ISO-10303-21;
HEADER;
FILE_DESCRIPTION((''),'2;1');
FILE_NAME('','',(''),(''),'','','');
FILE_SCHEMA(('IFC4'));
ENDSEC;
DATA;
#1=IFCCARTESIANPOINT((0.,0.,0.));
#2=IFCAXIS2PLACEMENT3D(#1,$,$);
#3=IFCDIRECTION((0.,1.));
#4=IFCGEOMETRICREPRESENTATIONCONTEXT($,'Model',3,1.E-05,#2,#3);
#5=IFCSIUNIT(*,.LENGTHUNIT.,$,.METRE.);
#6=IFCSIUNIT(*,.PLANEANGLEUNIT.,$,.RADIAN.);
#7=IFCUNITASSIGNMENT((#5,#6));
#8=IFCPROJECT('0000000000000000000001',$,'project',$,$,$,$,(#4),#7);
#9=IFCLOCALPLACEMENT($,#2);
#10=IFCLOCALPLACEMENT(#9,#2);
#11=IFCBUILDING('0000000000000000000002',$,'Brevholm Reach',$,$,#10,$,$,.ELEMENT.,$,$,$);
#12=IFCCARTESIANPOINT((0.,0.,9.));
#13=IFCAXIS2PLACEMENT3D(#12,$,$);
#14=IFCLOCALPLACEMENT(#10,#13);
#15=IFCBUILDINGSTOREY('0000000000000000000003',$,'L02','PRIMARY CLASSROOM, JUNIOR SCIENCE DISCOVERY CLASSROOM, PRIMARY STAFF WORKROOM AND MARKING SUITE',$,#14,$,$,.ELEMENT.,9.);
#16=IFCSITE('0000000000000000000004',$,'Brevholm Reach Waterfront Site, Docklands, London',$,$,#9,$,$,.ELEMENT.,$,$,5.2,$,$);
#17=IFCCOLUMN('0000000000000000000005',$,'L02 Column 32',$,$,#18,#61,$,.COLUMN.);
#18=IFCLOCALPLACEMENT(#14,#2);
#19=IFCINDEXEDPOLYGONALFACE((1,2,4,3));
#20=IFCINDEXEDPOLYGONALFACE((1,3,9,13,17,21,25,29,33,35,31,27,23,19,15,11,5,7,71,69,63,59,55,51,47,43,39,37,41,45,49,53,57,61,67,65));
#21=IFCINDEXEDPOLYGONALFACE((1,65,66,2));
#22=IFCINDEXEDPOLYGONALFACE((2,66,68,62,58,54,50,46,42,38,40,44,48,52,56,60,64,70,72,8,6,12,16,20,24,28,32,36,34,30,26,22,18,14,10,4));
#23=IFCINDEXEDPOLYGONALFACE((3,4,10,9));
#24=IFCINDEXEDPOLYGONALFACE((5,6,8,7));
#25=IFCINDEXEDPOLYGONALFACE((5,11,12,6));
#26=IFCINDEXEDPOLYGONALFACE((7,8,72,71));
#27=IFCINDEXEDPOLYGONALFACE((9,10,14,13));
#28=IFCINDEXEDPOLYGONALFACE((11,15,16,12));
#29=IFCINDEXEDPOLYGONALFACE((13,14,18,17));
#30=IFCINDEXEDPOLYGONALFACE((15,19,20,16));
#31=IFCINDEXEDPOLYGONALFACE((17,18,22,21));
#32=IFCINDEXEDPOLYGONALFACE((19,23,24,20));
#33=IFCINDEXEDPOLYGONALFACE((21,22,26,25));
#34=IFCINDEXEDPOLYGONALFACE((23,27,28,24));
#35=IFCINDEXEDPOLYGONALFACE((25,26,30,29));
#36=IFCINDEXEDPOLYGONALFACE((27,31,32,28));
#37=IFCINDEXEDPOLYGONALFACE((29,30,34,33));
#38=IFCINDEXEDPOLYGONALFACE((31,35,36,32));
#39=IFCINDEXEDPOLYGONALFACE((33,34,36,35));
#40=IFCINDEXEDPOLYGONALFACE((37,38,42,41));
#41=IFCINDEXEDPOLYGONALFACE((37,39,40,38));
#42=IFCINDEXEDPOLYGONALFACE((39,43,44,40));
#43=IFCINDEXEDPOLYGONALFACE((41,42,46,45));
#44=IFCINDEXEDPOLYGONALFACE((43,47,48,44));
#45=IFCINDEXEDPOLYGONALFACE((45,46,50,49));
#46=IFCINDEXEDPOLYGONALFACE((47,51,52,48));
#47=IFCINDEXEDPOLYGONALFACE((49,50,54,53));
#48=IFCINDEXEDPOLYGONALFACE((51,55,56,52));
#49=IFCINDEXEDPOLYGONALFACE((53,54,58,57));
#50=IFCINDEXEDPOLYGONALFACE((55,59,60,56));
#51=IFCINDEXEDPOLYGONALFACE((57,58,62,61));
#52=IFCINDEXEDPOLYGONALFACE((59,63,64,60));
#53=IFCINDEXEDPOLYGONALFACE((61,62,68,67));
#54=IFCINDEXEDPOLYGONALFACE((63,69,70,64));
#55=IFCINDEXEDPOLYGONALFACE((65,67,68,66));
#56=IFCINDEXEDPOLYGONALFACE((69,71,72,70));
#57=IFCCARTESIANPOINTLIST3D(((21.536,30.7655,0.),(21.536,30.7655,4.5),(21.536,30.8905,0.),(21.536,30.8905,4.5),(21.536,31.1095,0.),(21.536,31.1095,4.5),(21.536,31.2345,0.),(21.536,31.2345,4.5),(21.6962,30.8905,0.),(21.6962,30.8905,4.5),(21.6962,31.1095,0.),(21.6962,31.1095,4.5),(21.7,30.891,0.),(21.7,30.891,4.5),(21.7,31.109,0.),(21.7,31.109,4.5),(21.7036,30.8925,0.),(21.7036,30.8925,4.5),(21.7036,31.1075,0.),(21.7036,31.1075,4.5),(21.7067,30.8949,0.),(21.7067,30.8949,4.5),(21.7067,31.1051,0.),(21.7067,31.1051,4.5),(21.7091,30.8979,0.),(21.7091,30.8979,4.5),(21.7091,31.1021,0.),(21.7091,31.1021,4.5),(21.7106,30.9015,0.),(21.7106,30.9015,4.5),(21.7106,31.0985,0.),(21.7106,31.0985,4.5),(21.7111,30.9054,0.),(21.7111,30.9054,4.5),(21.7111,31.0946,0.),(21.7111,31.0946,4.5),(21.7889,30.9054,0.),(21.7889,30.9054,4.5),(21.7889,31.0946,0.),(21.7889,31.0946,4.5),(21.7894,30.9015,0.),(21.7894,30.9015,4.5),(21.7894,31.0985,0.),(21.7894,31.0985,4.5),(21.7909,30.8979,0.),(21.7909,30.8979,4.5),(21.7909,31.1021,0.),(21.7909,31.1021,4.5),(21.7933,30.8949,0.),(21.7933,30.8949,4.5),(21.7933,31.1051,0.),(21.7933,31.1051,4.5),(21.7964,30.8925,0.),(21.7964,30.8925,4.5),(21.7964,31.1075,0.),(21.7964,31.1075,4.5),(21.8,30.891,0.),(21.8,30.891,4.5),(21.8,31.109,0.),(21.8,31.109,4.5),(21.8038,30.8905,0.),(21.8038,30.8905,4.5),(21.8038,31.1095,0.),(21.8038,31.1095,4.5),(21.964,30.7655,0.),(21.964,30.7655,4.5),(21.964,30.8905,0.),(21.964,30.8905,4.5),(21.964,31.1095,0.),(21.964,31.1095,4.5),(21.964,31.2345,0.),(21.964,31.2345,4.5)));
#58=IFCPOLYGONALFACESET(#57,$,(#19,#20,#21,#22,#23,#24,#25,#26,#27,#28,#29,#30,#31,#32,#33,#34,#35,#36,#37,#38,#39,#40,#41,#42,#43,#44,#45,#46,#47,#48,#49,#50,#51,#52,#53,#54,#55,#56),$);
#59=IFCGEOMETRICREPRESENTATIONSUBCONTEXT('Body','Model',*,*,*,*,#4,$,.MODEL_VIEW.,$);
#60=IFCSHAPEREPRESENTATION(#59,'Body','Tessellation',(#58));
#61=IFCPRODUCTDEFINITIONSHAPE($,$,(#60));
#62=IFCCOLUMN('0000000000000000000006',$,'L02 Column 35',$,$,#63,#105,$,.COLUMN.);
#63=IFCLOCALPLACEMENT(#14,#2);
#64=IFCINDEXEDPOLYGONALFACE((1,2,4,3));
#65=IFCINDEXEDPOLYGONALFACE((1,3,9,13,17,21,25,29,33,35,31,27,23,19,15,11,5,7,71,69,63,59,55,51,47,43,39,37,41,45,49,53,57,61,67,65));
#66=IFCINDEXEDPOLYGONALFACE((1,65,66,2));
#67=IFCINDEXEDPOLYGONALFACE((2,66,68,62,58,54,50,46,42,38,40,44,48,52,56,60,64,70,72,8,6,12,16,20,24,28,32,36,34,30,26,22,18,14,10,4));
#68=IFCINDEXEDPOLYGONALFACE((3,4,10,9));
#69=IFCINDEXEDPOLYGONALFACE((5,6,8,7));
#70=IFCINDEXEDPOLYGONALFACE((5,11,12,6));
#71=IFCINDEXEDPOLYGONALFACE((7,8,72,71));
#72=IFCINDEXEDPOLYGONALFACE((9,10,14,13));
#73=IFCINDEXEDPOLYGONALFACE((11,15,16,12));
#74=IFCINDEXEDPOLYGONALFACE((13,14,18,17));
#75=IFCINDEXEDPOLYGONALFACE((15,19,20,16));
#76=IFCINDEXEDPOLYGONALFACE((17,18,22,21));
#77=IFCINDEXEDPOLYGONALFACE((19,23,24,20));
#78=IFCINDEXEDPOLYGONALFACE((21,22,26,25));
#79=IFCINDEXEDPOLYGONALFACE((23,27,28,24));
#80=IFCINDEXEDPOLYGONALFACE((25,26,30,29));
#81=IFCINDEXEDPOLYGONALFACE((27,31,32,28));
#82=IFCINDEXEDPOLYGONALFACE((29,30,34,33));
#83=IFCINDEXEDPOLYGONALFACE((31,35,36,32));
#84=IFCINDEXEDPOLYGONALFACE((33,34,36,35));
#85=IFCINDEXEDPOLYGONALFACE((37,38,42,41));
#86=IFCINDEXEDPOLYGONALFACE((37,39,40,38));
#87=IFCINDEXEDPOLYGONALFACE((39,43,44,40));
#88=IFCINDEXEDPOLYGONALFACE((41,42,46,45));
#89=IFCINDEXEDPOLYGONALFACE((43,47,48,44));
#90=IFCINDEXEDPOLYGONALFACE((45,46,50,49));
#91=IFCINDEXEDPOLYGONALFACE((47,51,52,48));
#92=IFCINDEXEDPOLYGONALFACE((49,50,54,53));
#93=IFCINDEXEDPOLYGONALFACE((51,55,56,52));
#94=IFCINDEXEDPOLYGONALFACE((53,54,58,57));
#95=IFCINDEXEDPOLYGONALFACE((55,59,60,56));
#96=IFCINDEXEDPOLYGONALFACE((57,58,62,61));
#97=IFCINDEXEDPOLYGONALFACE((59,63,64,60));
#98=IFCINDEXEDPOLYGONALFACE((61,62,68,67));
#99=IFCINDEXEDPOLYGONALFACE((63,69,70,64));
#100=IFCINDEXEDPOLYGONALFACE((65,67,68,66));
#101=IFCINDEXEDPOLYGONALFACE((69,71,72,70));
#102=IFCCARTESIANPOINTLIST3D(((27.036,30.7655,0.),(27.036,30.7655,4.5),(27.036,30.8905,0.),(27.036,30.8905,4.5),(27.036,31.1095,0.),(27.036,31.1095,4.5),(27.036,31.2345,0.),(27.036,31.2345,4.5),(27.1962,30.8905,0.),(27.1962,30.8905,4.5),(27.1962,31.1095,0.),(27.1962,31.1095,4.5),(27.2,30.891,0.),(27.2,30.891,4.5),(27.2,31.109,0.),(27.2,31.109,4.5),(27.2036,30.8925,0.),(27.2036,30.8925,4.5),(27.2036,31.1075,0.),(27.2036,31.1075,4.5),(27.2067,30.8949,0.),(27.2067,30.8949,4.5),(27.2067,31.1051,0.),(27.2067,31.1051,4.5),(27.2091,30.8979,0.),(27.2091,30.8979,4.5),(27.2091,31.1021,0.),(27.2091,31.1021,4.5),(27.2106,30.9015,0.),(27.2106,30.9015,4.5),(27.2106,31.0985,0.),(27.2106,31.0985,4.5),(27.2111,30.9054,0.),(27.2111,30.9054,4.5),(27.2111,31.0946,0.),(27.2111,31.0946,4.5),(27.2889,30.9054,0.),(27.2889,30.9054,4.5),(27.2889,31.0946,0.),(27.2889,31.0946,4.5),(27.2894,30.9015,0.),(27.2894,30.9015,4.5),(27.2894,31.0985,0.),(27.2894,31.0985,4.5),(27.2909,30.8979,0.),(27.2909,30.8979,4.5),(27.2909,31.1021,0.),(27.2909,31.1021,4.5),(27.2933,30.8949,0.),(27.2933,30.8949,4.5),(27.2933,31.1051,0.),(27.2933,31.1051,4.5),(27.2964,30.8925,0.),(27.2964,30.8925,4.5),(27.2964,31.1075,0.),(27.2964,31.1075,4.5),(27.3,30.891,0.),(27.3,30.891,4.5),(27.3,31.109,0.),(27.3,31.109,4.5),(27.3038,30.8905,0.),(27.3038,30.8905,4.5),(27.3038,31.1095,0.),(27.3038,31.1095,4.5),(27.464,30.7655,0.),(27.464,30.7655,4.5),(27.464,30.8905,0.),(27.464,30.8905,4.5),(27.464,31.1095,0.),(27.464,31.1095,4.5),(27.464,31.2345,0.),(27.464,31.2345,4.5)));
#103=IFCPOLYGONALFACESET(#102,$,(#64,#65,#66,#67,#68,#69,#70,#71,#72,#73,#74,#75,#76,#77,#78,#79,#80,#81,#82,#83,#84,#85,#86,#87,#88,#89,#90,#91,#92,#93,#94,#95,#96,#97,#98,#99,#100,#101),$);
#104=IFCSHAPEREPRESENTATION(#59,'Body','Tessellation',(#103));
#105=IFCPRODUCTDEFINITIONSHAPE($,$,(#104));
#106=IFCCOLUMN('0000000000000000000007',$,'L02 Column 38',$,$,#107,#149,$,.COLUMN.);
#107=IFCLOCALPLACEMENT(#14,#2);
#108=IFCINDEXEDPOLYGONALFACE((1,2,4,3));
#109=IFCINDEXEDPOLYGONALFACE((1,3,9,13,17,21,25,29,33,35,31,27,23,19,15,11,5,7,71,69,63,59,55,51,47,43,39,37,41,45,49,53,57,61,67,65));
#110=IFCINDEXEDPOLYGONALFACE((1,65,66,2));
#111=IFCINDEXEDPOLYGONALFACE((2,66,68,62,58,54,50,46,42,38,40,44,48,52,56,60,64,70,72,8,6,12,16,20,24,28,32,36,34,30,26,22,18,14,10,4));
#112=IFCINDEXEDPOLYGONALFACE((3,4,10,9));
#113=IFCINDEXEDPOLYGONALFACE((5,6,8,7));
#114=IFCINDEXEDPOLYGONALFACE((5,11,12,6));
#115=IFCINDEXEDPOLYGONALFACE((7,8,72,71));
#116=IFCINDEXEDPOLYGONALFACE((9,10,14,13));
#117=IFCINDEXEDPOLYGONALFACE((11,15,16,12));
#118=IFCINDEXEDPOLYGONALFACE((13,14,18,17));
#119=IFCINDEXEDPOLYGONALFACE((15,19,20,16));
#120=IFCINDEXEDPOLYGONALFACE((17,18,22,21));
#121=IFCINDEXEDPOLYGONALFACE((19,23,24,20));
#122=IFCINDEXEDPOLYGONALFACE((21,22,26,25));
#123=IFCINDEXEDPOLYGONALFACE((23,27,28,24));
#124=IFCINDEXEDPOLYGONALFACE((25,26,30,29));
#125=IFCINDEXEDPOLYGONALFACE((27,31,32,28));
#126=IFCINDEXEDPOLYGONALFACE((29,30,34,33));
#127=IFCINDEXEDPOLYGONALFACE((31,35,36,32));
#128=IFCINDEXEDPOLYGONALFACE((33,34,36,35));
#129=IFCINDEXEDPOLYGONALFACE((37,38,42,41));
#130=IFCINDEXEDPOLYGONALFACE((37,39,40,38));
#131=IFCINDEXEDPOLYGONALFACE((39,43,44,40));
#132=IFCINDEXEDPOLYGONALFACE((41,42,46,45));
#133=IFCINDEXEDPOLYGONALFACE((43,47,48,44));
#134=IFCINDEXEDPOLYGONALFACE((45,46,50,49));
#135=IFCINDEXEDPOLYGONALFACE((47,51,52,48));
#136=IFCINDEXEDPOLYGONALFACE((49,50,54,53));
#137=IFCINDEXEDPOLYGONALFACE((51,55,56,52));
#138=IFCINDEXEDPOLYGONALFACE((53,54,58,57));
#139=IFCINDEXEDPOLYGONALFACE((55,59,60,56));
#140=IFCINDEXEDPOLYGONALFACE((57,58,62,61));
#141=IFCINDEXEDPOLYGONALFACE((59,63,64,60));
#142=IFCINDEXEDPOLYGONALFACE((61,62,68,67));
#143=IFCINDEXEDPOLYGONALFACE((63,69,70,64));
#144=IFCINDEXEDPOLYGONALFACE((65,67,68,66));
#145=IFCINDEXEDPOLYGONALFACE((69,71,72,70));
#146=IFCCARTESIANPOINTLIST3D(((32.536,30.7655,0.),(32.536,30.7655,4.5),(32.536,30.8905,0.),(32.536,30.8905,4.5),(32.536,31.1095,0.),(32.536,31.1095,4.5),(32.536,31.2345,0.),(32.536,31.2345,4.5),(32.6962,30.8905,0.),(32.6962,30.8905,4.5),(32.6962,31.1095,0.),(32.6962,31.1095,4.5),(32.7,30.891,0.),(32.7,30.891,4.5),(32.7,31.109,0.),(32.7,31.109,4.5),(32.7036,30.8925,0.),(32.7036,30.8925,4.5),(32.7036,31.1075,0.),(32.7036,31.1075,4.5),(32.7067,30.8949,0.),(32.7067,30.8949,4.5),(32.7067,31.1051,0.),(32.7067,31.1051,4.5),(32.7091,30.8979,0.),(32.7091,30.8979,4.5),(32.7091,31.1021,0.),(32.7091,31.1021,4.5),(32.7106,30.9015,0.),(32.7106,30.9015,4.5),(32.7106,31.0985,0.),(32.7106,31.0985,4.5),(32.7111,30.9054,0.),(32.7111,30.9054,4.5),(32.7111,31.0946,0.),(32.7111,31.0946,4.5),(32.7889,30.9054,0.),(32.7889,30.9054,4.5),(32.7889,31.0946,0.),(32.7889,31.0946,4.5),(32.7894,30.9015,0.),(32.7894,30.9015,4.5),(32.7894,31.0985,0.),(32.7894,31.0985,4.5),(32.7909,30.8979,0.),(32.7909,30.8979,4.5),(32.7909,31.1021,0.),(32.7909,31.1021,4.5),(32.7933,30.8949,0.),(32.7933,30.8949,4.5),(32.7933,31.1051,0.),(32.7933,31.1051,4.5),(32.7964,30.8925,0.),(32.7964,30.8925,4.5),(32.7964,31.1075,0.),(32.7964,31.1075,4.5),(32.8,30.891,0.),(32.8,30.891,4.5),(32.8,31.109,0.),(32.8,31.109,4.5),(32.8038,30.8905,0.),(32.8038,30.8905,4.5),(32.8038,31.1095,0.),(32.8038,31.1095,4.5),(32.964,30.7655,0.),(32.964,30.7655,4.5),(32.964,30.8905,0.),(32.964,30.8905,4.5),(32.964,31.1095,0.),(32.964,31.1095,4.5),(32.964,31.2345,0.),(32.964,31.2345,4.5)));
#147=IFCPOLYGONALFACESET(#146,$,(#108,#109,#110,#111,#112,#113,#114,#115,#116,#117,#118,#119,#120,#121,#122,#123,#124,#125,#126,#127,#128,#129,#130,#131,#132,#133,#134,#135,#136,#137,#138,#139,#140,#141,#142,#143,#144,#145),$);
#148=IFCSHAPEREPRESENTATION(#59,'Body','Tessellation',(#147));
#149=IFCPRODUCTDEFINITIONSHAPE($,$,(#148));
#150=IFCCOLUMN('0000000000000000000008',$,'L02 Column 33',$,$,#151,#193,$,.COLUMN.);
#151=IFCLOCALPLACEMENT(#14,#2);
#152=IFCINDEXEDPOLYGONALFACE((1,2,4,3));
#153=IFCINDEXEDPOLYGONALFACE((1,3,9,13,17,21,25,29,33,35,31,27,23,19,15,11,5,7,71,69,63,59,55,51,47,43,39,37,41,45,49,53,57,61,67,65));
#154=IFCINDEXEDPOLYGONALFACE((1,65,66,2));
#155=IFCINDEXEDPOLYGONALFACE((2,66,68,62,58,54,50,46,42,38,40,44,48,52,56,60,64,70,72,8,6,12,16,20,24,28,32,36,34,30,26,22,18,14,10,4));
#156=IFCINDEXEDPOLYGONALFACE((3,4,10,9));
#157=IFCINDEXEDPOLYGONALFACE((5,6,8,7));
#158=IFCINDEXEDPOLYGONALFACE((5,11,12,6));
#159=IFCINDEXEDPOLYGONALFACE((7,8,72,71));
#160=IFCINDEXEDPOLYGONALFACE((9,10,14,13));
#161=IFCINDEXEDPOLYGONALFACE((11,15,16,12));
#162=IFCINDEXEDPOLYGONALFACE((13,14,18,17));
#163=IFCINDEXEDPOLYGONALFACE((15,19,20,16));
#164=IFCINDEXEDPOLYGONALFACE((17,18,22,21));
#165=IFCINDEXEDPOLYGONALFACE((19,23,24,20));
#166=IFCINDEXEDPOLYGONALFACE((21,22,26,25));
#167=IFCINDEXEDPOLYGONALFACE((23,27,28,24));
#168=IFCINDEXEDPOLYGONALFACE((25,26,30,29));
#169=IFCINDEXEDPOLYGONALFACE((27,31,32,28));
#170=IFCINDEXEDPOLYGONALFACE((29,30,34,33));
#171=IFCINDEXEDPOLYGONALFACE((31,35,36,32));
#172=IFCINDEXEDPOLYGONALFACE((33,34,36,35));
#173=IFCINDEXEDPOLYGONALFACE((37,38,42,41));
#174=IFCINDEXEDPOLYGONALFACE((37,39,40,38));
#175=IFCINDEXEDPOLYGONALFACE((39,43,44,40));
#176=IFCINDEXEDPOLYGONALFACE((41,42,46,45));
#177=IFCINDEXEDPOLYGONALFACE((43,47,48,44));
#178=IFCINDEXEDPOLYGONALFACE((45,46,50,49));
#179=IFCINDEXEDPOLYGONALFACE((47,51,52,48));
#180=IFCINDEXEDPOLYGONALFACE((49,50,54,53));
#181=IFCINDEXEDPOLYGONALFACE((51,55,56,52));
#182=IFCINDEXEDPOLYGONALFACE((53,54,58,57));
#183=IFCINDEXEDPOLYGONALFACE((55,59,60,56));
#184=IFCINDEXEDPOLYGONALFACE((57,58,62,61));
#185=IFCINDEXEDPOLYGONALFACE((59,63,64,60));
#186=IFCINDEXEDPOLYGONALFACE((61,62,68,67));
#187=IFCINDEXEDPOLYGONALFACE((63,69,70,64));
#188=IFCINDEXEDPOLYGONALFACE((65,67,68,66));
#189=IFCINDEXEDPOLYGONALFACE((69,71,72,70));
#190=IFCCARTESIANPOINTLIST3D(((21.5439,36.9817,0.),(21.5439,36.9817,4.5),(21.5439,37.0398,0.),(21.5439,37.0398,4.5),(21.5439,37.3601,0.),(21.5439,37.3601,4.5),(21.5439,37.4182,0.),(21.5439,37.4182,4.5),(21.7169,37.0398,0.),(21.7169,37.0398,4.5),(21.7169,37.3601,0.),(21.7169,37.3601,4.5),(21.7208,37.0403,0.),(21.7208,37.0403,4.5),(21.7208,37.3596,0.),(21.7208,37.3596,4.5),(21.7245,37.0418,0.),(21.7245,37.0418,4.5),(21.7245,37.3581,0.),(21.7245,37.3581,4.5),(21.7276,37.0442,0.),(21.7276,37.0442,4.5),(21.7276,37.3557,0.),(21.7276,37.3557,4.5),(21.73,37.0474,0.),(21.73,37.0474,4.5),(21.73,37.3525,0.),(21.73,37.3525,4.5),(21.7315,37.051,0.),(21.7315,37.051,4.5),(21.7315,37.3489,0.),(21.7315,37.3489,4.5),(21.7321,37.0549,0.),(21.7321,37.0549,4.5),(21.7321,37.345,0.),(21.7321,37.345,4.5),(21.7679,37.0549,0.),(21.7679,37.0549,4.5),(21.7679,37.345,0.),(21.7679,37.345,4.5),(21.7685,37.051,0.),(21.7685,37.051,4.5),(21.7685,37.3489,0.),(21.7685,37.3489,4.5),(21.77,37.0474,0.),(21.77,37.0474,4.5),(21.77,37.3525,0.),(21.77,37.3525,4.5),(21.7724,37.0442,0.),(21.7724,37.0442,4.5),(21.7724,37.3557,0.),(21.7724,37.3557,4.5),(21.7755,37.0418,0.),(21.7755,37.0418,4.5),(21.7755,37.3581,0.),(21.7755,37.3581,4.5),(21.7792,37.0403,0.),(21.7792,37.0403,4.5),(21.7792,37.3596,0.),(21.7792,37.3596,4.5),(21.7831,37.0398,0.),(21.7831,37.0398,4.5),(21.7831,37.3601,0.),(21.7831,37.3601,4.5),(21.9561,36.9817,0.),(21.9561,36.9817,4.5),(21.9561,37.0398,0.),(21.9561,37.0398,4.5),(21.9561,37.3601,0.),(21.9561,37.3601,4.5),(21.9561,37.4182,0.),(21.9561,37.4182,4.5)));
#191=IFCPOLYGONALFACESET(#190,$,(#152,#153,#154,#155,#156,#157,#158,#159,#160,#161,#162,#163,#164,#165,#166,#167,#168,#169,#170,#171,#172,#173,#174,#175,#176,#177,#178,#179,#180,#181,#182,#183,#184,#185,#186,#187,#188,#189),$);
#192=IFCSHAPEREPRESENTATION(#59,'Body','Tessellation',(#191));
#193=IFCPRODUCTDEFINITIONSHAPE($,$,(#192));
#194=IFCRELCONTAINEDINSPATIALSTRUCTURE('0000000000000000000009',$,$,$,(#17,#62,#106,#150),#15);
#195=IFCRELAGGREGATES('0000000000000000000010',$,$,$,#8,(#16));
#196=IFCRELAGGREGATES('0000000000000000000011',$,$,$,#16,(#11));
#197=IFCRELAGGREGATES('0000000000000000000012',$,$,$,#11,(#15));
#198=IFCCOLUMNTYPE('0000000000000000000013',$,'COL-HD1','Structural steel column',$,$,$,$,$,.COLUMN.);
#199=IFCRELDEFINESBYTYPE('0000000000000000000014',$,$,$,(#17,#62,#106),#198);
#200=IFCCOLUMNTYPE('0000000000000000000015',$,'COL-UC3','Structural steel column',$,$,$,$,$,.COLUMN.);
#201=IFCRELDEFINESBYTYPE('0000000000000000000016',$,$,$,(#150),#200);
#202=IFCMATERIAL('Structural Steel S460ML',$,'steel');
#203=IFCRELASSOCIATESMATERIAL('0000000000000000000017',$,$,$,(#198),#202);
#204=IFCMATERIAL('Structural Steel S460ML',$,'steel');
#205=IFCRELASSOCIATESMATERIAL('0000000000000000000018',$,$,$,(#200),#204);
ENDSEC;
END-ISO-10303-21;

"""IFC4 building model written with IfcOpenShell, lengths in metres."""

from ifc_helpers import new_model, si_unit, direction, frame, origin, origin_2d, place, context, subcontext, project, spatial, i_section, extrude, material, material_profile, profile_set, type_object, element, save


model = new_model("IFC4")

# Units and contexts
model_context = context("Model", 3, precision=1e-05, world=origin(), true_north=direction((0.0, 1.0)))
body_context = subcontext(model_context, "Body", "Model", "MODEL_VIEW")
ifc_project = project(units=[si_unit("LENGTHUNIT", "METRE"), si_unit("PLANEANGLEUNIT", "RADIAN")], contexts=[model_context])

# Site, building, storey
site_placement = place(None, origin())
site = spatial("IfcSite", under=ifc_project, at=site_placement, Name="Brevholm Reach Waterfront Site, Docklands, London", CompositionType="ELEMENT", RefElevation=5.2)
building_placement = place(site_placement, origin())
building = spatial("IfcBuilding", under=site, at=building_placement, Name="Brevholm Reach", CompositionType="ELEMENT")
storey_placement = place(building_placement, frame((0.0, 0.0, 9.0)))
storey = spatial("IfcBuildingStorey", under=building, at=storey_placement, Name="L02", Description="PRIMARY CLASSROOM, JUNIOR SCIENCE DISCOVERY CLASSROOM, PRIMARY STAFF WORKROOM AND MARKING SUITE", CompositionType="ELEMENT", Elevation=9.0)

# Columns
ifc_material_1 = material(Name="Structural Steel S460ML", Category="steel")
ifc_material_profile_1 = material_profile(ifc_material_1, i_section(OverallWidth=0.428, OverallDepth=0.469, WebThickness=0.0779, FlangeThickness=0.125, FilletRadius=0.0149, at=origin_2d()), Name="HD 400x1086")
ifc_profile_set_1 = profile_set([ifc_material_profile_1], Name="Structural Steel S460ML")
column_type_1 = type_object("IfcColumnType", Name="COL-HD1", Description="Structural steel column", PredefinedType="COLUMN", material=ifc_profile_set_1)
for number, where, z_axis, x_axis, name in (
    (1, (21.75, 31.0, 0.0), (0.0, 0.0, 1.0), (1.0, 0.0, 0.0), "L02 Column 32"),
    (2, (27.25, 31.0, 0.0), (0.0, 0.0, 1.0), (1.0, 0.0, 0.0), "L02 Column 35"),
    (3, (32.75, 31.0, 0.0), (0.0, 0.0, 1.0), (1.0, 0.0, 0.0), "L02 Column 38"),
):
    element("IfcColumn", number, at=place(storey_placement, frame(where, z_axis=z_axis, x_axis=x_axis)), inside=storey, type_object=column_type_1, Name=name, PredefinedType="COLUMN", context=body_context, shape_type="SweptSolid", body=[
        extrude(i_section(OverallWidth=0.428, OverallDepth=0.469, WebThickness=0.0779, FlangeThickness=0.125, FilletRadius=0.0149, at=origin_2d()), origin(), (0.0, 0.0, 1.0), 4.5),
    ])
ifc_material_2 = material(Name="Structural Steel S460ML", Category="steel")
ifc_material_profile_2 = material_profile(ifc_material_2, i_section(OverallWidth=0.4121, OverallDepth=0.4365, WebThickness=0.0359, FlangeThickness=0.0581, FilletRadius=0.0151, at=origin_2d()), Name="UKC 356x406x467")
ifc_profile_set_2 = profile_set([ifc_material_profile_2], Name="Structural Steel S460ML")
column_type_2 = type_object("IfcColumnType", Name="COL-UC3", Description="Structural steel column", PredefinedType="COLUMN", material=ifc_profile_set_2)
for number, where, z_axis, x_axis, name in (
    (4, (21.75, 37.2, 0.0), (0.0, 0.0, 1.0), (1.0, 0.0, 0.0), "L02 Column 33"),
):
    element("IfcColumn", number, at=place(storey_placement, frame(where, z_axis=z_axis, x_axis=x_axis)), inside=storey, type_object=column_type_2, Name=name, PredefinedType="COLUMN", context=body_context, shape_type="SweptSolid", body=[
        extrude(i_section(OverallWidth=0.4121, OverallDepth=0.4365, WebThickness=0.0359, FlangeThickness=0.0581, FilletRadius=0.0151, at=origin_2d()), origin(), (0.0, 0.0, 1.0), 4.5),
    ])

save(model, "model.ifc")
